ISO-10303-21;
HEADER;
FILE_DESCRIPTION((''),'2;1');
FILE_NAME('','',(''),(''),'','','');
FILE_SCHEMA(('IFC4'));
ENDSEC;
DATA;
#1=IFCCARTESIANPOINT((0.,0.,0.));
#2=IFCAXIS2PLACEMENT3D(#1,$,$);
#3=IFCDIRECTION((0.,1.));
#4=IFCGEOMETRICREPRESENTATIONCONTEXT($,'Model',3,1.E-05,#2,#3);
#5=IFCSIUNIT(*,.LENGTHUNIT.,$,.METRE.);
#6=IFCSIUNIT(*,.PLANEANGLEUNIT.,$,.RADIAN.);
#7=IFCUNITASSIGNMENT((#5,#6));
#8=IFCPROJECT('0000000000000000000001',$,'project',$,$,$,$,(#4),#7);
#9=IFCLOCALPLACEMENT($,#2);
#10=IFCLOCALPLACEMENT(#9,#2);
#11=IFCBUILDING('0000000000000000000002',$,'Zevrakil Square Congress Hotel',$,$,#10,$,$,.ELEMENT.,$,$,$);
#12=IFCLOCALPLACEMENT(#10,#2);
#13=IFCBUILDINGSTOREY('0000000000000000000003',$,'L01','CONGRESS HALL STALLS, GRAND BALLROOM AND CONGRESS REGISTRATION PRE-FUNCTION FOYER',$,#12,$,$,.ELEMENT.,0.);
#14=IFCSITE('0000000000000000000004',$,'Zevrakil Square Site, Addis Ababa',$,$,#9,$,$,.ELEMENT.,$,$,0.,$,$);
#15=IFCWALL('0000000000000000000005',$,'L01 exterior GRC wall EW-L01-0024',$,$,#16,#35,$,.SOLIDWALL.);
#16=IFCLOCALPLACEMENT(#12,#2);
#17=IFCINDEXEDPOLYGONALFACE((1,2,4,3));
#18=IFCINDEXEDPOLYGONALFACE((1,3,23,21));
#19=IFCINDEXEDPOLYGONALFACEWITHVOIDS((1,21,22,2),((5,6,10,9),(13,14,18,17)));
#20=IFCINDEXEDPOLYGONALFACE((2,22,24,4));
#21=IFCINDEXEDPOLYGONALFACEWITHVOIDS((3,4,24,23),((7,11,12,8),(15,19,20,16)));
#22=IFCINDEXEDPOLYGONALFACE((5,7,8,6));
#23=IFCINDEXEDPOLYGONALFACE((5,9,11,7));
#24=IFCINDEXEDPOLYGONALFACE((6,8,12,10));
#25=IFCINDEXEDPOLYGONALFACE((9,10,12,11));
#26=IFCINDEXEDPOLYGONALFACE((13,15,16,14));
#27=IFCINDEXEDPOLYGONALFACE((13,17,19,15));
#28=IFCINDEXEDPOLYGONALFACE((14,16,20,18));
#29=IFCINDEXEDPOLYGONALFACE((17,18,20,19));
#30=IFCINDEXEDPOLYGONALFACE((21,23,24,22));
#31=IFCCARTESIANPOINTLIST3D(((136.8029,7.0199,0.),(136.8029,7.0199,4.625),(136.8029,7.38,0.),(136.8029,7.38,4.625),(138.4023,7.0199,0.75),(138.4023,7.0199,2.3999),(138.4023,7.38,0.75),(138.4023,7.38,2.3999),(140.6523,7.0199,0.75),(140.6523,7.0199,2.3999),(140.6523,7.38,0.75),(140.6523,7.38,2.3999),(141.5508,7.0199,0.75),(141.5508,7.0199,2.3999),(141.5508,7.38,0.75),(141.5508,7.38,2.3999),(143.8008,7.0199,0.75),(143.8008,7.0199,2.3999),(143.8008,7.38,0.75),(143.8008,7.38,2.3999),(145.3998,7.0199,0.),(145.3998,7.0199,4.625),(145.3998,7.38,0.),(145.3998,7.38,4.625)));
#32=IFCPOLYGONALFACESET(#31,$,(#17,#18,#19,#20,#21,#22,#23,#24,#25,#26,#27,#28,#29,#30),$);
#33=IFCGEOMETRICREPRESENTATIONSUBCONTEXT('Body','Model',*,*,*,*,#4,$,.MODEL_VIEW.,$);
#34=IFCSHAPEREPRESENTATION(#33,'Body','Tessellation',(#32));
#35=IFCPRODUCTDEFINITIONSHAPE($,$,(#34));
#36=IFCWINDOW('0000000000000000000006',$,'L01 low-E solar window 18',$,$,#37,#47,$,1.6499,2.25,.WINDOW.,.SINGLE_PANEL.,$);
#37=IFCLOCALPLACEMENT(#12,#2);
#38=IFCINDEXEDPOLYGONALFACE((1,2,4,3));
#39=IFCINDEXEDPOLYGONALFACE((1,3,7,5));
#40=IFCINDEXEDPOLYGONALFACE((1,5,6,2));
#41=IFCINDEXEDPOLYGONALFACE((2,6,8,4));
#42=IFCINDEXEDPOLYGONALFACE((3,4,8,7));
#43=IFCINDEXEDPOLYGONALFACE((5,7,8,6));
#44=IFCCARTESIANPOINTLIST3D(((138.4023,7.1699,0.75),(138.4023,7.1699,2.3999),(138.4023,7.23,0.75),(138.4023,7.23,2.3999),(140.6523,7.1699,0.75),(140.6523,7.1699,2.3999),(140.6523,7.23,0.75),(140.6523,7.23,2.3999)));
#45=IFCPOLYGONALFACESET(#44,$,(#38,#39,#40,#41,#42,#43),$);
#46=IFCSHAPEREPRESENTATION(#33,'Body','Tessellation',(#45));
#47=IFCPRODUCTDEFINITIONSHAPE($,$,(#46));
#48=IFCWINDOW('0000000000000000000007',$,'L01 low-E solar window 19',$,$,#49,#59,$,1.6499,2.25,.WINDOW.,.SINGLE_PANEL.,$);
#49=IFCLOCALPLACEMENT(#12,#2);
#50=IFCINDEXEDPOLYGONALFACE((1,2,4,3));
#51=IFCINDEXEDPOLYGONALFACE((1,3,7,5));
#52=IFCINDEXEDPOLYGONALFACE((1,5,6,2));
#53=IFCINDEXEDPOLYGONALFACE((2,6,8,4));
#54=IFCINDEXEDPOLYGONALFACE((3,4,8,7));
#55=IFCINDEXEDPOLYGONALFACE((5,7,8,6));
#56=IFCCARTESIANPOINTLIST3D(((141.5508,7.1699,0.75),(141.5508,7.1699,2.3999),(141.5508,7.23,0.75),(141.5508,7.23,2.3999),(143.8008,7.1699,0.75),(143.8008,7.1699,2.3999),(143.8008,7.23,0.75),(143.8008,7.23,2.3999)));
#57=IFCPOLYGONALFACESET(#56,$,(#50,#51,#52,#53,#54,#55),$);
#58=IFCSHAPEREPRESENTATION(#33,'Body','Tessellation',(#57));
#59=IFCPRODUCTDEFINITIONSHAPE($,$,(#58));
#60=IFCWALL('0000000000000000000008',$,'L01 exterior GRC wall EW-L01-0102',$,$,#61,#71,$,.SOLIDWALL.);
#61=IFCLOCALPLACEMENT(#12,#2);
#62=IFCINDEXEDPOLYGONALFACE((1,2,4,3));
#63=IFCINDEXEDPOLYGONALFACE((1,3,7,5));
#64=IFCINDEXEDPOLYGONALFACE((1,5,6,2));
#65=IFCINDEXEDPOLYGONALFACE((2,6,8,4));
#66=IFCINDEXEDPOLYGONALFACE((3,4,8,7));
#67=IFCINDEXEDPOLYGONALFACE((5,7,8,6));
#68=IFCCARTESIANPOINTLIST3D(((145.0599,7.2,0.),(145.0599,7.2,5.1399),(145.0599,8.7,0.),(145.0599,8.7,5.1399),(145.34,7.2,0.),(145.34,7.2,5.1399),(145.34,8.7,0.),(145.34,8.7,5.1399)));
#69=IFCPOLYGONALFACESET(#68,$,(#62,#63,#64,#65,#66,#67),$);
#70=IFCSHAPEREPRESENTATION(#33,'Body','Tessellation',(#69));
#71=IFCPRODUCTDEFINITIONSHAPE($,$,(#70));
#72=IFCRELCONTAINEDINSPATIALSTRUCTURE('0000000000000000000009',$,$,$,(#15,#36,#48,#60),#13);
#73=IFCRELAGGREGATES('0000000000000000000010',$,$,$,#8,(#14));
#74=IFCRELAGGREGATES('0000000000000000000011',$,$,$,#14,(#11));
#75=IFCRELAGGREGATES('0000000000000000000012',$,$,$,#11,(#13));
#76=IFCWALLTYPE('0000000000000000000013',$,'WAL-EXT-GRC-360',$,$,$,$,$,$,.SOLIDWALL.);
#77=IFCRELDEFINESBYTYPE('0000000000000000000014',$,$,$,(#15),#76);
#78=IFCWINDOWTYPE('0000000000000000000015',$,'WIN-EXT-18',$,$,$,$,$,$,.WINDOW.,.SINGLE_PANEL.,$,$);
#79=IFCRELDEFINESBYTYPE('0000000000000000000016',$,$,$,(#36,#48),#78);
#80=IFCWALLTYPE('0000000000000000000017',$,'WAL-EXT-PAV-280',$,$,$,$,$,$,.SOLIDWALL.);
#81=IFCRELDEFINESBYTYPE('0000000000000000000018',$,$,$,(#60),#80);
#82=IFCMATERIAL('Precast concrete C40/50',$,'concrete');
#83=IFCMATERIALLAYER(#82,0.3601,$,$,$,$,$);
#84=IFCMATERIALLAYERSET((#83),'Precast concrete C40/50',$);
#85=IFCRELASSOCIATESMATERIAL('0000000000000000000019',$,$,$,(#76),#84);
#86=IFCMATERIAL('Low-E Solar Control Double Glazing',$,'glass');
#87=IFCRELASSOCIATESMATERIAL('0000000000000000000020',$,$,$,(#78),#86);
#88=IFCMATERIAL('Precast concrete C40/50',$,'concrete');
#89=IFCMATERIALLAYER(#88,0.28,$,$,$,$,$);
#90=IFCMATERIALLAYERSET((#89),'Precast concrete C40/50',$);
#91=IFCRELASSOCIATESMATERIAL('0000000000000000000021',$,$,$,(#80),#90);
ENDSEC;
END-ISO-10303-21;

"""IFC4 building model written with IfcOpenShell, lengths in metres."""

from ifc_helpers import new_model, si_unit, direction, frame, frame_2d, origin, place, context, subcontext, project, spatial, rectangle, extrude, material, layer, layer_set, type_object, element, fill, save


model = new_model("IFC4")

# Units and contexts
model_context = context("Model", 3, precision=1e-05, world=origin(), true_north=direction((0.0, 1.0)))
body_context = subcontext(model_context, "Body", "Model", "MODEL_VIEW")
ifc_project = project(units=[si_unit("LENGTHUNIT", "METRE"), si_unit("PLANEANGLEUNIT", "RADIAN")], contexts=[model_context])

# Site, building, storey
site_placement = place(None, origin())
site = spatial("IfcSite", under=ifc_project, at=site_placement, Name="Zevrakil Square Site, Addis Ababa", CompositionType="ELEMENT", RefElevation=0.0)
building_placement = place(site_placement, origin())
building = spatial("IfcBuilding", under=site, at=building_placement, Name="Zevrakil Square Congress Hotel", CompositionType="ELEMENT")
storey_placement = place(building_placement, origin())
storey = spatial("IfcBuildingStorey", under=building, at=storey_placement, Name="L01", Description="CONGRESS HALL STALLS, GRAND BALLROOM AND CONGRESS REGISTRATION PRE-FUNCTION FOYER", CompositionType="ELEMENT", Elevation=0.0)

# Wall, openings, windows
ifc_material_1 = material(Name="Precast concrete C40/50", Category="concrete")
ifc_layer_1 = layer(ifc_material_1, 0.3601)
ifc_layer_set_1 = layer_set([ifc_layer_1], Name="Precast concrete C40/50")
wall_type_1 = type_object("IfcWallType", Name="WAL-EXT-GRC-360", PredefinedType="SOLIDWALL", material=ifc_layer_set_1)
wall_1_placement = place(storey_placement, frame((136.803, 7.2, 0.0), z_axis=(0.0, 0.0, 1.0), x_axis=(1.0, 0.0, 0.0)))
wall_1 = element("IfcWall", 1, at=wall_1_placement, inside=storey, type_object=wall_type_1, Name="L01 exterior GRC wall EW-L01-0024", PredefinedType="SOLIDWALL", context=body_context, shape_type="SweptSolid", body=[
    extrude(rectangle(XDim=8.5969, YDim=0.3601, at=frame_2d((4.2983, 0.0))), origin(), (0.0, 0.0, 1.0), 4.625),
])
opening_1_placement = place(wall_1_placement, frame((1.5994, 0.0, 0.75)))
opening_1 = element("IfcOpeningElement", 2, at=opening_1_placement, cuts=wall_1, PredefinedType="OPENING", context=body_context, shape_type="SweptSolid", body=[
    extrude(rectangle(XDim=2.25, YDim=1.6499, at=frame_2d((1.125, 0.825))), frame((0.0, 0.1899, 0.0), z_axis=(0.0, -1.0, 0.0), x_axis=(1.0, 0.0, 0.0)), (0.0, 0.0, 1.0), 0.3801),
])
opening_2_placement = place(wall_1_placement, frame((4.7478, 0.0, 0.75)))
opening_2 = element("IfcOpeningElement", 3, at=opening_2_placement, cuts=wall_1, PredefinedType="OPENING", context=body_context, shape_type="SweptSolid", body=[
    extrude(rectangle(XDim=2.25, YDim=1.6499, at=frame_2d((1.125, 0.825))), frame((0.0, 0.1899, 0.0), z_axis=(0.0, -1.0, 0.0), x_axis=(1.0, 0.0, 0.0)), (0.0, 0.0, 1.0), 0.3801),
])
ifc_material_2 = material(Name="Low-E Solar Control Double Glazing", Category="glass")
window_type = type_object("IfcWindowType", Name="WIN-EXT-18", PartitioningType="SINGLE_PANEL", PredefinedType="WINDOW", material=ifc_material_2)
window_1_placement = place(opening_1_placement, origin())
window_1 = element("IfcWindow", 4, at=window_1_placement, inside=storey, type_object=window_type, Name="L01 low-E solar window 18", OverallHeight=1.6499, OverallWidth=2.25, PartitioningType="SINGLE_PANEL", PredefinedType="WINDOW", context=body_context, shape_type="SweptSolid", body=[
    extrude(rectangle(XDim=2.25, YDim=1.6499, at=frame_2d((1.125, 0.825))), frame((0.0, 0.03, 0.0), z_axis=(0.0, -1.0, 0.0), x_axis=(1.0, 0.0, 0.0)), (0.0, 0.0, 1.0), 0.0601),
])
fill(opening_1, window_1)
window_2_placement = place(opening_2_placement, origin())
window_2 = element("IfcWindow", 5, at=window_2_placement, inside=storey, type_object=window_type, Name="L01 low-E solar window 19", OverallHeight=1.6499, OverallWidth=2.25, PartitioningType="SINGLE_PANEL", PredefinedType="WINDOW", context=body_context, shape_type="SweptSolid", body=[
    extrude(rectangle(XDim=2.25, YDim=1.6499, at=frame_2d((1.125, 0.825))), frame((0.0, 0.03, 0.0), z_axis=(0.0, -1.0, 0.0), x_axis=(1.0, 0.0, 0.0)), (0.0, 0.0, 1.0), 0.0601),
])
fill(opening_2, window_2)

# Wall
ifc_material_3 = material(Name="Precast concrete C40/50", Category="concrete")
ifc_layer_2 = layer(ifc_material_3, 0.28)
ifc_layer_set_2 = layer_set([ifc_layer_2], Name="Precast concrete C40/50")
wall_type_2 = type_object("IfcWallType", Name="WAL-EXT-PAV-280", PredefinedType="SOLIDWALL", material=ifc_layer_set_2)
wall_2_placement = place(storey_placement, frame((145.2, 7.2, 0.0), z_axis=(0.0, 0.0, 1.0), x_axis=(0.0, 1.0, 0.0)))
element("IfcWall", 6, at=wall_2_placement, inside=storey, type_object=wall_type_2, Name="L01 exterior GRC wall EW-L01-0102", PredefinedType="SOLIDWALL", context=body_context, shape_type="SweptSolid", body=[
    extrude(rectangle(XDim=1.5, YDim=0.28, at=frame_2d((0.75, 0.0))), origin(), (0.0, 0.0, 1.0), 5.1399),
])

save(model, "model.ifc")
